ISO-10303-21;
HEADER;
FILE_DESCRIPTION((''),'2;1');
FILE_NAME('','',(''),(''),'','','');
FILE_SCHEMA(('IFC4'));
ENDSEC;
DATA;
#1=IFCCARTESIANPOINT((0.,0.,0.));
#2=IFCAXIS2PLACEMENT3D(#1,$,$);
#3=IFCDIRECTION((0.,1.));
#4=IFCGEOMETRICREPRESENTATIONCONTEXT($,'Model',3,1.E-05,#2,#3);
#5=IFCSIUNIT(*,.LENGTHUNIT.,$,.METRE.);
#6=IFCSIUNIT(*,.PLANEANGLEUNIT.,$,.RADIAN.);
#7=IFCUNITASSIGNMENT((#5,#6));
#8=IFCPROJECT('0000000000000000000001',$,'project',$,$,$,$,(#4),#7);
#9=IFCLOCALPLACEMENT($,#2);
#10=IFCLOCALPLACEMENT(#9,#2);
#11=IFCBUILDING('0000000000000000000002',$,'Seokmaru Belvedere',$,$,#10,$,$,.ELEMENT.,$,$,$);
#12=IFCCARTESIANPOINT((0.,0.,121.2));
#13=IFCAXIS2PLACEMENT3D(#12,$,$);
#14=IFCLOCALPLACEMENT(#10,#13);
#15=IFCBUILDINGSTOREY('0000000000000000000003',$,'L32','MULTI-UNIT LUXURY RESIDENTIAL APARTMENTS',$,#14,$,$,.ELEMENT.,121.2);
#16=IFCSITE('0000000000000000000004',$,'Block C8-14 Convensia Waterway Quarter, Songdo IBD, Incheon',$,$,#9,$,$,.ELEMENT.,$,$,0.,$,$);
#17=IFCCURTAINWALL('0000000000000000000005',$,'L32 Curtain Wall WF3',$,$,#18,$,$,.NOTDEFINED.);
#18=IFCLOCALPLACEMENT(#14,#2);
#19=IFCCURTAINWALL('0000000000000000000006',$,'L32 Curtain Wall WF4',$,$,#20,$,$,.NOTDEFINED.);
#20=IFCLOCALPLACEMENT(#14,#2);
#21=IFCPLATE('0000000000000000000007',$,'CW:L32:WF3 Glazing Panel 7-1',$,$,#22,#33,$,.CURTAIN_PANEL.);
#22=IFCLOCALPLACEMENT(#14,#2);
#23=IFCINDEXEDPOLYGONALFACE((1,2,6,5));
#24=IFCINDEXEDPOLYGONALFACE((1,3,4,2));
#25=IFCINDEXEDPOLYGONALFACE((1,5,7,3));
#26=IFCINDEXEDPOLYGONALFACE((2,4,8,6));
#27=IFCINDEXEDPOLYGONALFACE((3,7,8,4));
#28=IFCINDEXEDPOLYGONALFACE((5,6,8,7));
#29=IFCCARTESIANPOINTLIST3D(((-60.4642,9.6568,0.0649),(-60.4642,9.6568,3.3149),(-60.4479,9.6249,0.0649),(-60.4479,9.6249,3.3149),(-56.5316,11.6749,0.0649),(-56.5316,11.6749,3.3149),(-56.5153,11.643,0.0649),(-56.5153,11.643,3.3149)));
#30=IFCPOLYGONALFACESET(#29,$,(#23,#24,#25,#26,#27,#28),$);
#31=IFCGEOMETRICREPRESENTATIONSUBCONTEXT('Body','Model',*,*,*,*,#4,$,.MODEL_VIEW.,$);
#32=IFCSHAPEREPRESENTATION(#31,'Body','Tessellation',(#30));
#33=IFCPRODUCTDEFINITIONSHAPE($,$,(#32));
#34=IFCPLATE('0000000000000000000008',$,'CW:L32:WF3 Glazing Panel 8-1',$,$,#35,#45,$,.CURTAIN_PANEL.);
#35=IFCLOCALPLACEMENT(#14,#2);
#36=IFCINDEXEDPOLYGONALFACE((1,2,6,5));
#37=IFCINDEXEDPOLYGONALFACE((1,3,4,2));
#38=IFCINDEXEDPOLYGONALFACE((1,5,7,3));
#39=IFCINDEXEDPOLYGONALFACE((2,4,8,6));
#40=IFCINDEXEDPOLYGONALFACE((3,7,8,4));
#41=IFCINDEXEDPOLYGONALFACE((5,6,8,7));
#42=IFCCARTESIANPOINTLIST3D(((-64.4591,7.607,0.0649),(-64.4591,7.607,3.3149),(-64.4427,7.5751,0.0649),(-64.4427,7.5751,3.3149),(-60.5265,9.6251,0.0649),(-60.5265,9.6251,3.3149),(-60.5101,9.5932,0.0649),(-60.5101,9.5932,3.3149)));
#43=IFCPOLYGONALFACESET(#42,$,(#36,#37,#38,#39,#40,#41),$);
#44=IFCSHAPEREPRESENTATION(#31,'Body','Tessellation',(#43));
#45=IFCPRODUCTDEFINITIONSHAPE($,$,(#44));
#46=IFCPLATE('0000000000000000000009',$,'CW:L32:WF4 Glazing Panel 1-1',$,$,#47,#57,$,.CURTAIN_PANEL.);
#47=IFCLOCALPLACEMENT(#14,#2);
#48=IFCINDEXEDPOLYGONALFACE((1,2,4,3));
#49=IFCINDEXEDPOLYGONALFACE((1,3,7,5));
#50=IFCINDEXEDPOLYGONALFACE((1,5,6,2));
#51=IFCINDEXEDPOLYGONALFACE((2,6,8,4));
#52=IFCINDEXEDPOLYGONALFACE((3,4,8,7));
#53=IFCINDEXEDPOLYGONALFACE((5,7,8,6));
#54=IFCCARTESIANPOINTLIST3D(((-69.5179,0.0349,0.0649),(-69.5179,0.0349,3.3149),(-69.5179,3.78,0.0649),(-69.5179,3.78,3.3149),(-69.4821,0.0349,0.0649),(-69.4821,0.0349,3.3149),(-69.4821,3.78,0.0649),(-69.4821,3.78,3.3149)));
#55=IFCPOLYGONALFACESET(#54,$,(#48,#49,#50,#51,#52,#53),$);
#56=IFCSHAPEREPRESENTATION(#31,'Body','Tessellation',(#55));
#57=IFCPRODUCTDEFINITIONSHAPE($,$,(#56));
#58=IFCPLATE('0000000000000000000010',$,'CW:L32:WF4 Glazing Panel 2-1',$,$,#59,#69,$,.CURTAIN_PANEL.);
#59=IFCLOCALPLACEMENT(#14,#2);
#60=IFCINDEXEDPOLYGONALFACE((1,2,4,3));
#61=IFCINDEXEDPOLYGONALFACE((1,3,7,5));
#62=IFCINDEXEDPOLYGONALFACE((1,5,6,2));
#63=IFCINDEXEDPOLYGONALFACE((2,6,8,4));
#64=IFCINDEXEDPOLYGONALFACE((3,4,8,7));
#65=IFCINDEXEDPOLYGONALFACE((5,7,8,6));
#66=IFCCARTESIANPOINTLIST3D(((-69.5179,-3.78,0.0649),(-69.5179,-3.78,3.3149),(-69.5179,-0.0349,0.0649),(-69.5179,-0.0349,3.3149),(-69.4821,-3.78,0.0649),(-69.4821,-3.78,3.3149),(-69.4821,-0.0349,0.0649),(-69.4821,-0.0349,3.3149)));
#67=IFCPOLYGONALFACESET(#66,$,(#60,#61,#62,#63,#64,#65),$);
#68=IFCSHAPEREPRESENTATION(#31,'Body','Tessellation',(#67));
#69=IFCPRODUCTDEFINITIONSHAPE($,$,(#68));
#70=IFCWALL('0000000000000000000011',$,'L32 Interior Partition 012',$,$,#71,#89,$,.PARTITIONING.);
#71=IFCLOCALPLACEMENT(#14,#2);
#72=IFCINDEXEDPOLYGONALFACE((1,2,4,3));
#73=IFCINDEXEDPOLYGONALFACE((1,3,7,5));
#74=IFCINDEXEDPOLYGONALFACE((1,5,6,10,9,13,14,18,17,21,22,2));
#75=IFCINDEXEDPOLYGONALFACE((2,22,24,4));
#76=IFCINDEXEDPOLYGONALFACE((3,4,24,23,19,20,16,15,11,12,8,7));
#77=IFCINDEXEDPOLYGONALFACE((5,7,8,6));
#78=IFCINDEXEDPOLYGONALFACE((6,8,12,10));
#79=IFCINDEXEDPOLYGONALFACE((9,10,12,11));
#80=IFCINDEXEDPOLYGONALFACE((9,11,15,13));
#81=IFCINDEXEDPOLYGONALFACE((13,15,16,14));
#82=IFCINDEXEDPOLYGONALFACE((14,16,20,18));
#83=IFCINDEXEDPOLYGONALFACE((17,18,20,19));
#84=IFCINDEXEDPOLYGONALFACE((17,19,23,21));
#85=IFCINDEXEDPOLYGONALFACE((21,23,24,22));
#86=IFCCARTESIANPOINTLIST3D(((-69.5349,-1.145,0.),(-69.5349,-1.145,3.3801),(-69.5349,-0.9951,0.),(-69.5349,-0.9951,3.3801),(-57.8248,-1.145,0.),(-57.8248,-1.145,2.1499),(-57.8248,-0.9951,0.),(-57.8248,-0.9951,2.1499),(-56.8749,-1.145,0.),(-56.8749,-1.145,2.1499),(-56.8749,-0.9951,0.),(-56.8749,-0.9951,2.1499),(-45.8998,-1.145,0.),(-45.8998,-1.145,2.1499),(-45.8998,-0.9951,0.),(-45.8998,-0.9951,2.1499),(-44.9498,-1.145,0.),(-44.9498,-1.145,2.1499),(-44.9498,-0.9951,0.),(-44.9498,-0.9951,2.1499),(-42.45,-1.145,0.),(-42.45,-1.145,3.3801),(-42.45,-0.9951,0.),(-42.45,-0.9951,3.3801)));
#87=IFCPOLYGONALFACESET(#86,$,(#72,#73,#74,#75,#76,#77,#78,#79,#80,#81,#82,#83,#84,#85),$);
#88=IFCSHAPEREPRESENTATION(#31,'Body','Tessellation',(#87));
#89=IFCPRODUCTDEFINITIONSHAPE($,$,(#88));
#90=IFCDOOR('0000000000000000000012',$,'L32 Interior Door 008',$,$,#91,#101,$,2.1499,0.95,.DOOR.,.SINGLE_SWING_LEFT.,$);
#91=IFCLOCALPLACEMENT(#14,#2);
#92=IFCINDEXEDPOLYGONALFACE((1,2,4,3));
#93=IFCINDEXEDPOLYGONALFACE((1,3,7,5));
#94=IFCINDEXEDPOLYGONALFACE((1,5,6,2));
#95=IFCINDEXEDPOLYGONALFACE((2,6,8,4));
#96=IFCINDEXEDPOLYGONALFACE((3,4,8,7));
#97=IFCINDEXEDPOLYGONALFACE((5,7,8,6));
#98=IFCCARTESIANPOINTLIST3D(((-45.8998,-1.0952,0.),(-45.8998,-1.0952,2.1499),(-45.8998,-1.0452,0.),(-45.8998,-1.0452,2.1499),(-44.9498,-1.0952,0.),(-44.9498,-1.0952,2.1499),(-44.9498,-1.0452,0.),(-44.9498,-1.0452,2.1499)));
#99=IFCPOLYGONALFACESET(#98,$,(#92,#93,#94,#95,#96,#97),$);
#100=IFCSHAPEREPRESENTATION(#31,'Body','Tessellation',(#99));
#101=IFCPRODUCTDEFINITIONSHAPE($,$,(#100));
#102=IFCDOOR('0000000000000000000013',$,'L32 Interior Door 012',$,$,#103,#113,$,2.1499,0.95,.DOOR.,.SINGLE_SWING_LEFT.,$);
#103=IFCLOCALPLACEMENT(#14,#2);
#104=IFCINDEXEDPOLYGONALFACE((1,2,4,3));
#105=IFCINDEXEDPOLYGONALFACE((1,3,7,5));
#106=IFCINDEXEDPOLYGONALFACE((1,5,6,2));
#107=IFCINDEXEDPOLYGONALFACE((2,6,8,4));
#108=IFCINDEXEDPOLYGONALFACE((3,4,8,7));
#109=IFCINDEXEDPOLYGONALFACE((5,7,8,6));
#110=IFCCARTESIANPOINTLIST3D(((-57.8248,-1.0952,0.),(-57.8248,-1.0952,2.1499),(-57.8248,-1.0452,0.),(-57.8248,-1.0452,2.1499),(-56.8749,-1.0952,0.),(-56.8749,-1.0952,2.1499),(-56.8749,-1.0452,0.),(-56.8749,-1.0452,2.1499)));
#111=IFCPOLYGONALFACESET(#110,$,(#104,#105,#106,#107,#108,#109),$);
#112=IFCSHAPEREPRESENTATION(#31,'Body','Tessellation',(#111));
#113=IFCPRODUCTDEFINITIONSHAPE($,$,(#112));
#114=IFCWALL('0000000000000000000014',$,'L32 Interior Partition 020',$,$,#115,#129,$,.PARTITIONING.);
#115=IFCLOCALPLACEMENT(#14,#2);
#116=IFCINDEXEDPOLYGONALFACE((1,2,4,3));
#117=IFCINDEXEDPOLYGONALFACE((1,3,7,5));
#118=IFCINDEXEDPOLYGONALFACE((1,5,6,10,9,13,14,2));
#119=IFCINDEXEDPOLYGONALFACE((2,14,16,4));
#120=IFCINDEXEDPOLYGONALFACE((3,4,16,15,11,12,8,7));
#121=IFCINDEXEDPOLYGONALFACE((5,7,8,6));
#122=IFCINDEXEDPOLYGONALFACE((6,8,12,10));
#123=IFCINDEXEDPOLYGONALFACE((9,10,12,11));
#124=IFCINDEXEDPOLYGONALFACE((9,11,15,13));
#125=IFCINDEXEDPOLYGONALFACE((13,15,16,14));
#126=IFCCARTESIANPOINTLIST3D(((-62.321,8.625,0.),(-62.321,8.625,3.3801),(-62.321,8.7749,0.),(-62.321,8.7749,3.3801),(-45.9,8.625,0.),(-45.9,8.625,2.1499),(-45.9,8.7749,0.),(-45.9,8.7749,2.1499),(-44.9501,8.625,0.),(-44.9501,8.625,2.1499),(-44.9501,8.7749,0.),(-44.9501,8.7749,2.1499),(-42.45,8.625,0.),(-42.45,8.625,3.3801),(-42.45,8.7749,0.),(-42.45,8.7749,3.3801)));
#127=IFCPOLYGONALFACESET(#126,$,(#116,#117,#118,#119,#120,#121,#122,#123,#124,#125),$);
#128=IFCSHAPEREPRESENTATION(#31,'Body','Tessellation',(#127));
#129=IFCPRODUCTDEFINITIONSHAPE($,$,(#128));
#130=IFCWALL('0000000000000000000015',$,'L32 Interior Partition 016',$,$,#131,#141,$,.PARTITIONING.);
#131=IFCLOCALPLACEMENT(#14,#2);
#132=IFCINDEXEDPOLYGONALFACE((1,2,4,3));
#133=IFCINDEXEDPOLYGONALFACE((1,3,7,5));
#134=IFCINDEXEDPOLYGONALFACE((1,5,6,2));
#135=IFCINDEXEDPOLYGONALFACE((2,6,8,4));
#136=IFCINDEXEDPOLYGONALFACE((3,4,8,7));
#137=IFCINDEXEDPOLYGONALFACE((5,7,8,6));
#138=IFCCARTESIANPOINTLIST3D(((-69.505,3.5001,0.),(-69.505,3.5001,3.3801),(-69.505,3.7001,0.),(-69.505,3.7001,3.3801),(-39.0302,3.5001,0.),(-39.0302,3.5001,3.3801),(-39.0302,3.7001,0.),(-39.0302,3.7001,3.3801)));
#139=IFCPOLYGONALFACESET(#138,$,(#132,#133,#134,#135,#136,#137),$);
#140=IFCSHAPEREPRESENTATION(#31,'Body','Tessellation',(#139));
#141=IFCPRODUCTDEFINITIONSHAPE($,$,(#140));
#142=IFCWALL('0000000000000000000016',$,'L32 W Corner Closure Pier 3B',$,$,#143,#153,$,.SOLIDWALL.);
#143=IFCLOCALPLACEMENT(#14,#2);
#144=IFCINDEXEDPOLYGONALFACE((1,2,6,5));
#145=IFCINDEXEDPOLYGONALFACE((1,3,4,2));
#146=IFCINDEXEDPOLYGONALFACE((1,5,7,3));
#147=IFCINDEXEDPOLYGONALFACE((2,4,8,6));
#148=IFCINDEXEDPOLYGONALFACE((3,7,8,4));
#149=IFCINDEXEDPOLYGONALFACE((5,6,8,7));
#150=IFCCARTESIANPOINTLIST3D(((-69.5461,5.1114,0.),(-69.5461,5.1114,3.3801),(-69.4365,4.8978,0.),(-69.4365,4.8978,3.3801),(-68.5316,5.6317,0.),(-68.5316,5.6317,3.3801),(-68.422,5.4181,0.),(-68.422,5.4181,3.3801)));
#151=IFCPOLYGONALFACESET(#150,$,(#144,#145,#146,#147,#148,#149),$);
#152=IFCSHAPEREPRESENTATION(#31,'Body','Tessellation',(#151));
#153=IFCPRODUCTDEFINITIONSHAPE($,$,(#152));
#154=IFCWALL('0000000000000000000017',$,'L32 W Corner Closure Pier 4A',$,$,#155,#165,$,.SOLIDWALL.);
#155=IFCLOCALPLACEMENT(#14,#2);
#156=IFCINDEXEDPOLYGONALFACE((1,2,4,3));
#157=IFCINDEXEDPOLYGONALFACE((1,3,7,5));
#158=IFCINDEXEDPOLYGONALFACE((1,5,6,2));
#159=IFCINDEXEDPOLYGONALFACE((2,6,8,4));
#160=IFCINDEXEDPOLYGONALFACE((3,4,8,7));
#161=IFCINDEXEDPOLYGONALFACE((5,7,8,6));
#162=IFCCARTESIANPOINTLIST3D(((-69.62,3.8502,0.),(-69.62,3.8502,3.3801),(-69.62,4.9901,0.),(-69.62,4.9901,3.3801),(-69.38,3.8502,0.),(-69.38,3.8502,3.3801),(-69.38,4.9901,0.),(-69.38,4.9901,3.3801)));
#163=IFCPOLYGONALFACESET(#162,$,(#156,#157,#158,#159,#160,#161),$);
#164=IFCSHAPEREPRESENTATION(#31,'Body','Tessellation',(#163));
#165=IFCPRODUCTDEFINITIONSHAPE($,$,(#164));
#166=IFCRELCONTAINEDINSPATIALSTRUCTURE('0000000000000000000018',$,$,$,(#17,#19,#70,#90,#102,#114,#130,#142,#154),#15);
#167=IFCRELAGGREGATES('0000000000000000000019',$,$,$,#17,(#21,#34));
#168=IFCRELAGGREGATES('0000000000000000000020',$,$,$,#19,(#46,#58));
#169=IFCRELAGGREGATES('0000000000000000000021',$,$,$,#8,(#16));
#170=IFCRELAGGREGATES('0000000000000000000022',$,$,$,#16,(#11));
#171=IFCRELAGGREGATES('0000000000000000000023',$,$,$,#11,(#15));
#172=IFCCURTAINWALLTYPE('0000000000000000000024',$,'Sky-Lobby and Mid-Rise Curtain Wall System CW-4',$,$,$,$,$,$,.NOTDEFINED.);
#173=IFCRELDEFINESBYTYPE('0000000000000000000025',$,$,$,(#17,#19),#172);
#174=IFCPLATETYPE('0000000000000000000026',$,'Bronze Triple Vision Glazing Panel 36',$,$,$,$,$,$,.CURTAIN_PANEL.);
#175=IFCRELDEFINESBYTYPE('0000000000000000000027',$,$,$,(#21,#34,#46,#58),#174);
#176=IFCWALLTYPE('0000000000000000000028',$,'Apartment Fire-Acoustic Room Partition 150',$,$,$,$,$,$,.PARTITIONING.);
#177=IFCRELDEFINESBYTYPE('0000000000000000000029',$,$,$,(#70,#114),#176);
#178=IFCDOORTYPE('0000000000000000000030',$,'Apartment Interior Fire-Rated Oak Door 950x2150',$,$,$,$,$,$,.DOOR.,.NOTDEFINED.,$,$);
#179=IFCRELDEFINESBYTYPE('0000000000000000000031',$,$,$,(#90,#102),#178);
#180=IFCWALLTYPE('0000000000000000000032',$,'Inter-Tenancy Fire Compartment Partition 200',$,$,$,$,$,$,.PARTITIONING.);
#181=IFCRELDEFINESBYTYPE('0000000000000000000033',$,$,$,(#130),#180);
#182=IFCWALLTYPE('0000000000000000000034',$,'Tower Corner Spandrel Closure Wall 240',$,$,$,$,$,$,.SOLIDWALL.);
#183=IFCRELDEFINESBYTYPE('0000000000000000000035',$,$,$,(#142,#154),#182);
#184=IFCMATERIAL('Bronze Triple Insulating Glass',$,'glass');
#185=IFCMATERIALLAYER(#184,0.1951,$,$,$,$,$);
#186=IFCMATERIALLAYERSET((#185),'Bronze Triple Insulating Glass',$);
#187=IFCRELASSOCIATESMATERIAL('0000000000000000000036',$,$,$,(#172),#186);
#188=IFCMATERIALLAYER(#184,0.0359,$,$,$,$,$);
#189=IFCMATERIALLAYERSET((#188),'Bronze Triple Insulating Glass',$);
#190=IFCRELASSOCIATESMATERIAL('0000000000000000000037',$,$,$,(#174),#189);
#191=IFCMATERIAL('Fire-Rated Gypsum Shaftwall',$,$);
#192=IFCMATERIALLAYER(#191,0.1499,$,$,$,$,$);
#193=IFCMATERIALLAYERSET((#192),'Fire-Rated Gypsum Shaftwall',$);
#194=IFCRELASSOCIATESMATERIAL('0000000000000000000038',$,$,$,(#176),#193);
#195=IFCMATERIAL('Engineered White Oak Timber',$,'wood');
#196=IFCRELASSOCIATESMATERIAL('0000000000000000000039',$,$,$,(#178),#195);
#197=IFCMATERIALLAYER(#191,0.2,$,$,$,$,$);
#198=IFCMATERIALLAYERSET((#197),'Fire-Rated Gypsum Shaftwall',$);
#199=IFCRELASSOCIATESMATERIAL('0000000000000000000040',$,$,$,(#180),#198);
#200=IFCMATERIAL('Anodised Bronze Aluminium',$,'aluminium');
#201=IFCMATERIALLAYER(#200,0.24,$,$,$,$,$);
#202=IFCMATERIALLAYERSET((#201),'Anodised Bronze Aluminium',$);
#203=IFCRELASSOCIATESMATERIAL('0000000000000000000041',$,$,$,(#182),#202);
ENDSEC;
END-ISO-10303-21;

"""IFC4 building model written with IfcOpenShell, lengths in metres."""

from ifc_helpers import new_model, si_unit, direction, frame, frame_2d, origin, origin_2d, place, context, subcontext, project, spatial, rectangle, extrude, source, transform, mapped, material, layer, layer_set, type_object, type_shapes, element, fill, aggregate, save


model = new_model("IFC4")

# Units and contexts
model_context = context("Model", 3, precision=1e-05, world=origin(), true_north=direction((0.0, 1.0)))
body_context = subcontext(model_context, "Body", "Model", "MODEL_VIEW")
ifc_project = project(units=[si_unit("LENGTHUNIT", "METRE"), si_unit("PLANEANGLEUNIT", "RADIAN")], contexts=[model_context])

# Site, building, storey
site_placement = place(None, origin())
site = spatial("IfcSite", under=ifc_project, at=site_placement, Name="Block C8-14 Convensia Waterway Quarter, Songdo IBD, Incheon", CompositionType="ELEMENT", RefElevation=0.0)
building_placement = place(site_placement, origin())
building = spatial("IfcBuilding", under=site, at=building_placement, Name="Seokmaru Belvedere", CompositionType="ELEMENT")
storey_placement = place(building_placement, frame((0.0, 0.0, 121.2)))
storey = spatial("IfcBuildingStorey", under=building, at=storey_placement, Name="L32", Description="MULTI-UNIT LUXURY RESIDENTIAL APARTMENTS", CompositionType="ELEMENT", Elevation=121.2)

# Curtain walls
ifc_material_1 = material(Name="Bronze Triple Insulating Glass", Category="glass")
ifc_layer_1 = layer(ifc_material_1, 0.1951)
ifc_layer_set_1 = layer_set([ifc_layer_1], Name="Bronze Triple Insulating Glass")
curtain_wall_type = type_object("IfcCurtainWallType", Name="Sky-Lobby and Mid-Rise Curtain Wall System CW-4", PredefinedType="NOTDEFINED", material=ifc_layer_set_1)
curtain_wall_1_placement = place(storey_placement, origin())
curtain_wall_1 = element("IfcCurtainWall", 1, at=curtain_wall_1_placement, inside=storey, type_object=curtain_wall_type, Name="L32 Curtain Wall WF3", PredefinedType="NOTDEFINED")
ifc_material_2 = material(Name="Anodised Bronze Aluminium", Category="aluminium")
curtain_wall_2_placement = place(storey_placement, origin())
curtain_wall_2 = element("IfcCurtainWall", 2, at=curtain_wall_2_placement, inside=storey, type_object=curtain_wall_type, Name="L32 Curtain Wall WF4", PredefinedType="NOTDEFINED")

# Plates
ifc_layer_2 = layer(ifc_material_1, 0.0359)
ifc_layer_set_2 = layer_set([ifc_layer_2], Name="Bronze Triple Insulating Glass")
plate_type = type_object("IfcPlateType", Name="Bronze Triple Vision Glazing Panel 36", PredefinedType="CURTAIN_PANEL", material=ifc_layer_set_2)
shared_shape_1 = source(origin(), body_context, "Body", "SweptSolid", [
    extrude(rectangle(XDim=4.4202, YDim=0.0359, at=origin_2d()), origin(), (0.0, 0.0, 1.0), 3.25),
])
plate_1_placement = place(storey_placement, frame((-58.4897, 10.6499, 0.0649), z_axis=(0.0, 0.0, 1.0), x_axis=(-0.889695, -0.456555, 0.0)))
plate_1 = element("IfcPlate", 3, at=plate_1_placement, type_object=plate_type, Name="CW:L32:WF3 Glazing Panel 7-1", PredefinedType="CURTAIN_PANEL", context=body_context, shape_type="MappedRepresentation", body=[
    mapped(shared_shape_1, transform((0.0, 0.0, 0.0), scale=1.0)),
])
plate_2_placement = place(storey_placement, frame((-62.4846, 8.6001, 0.0649), z_axis=(0.0, 0.0, 1.0), x_axis=(-0.889695, -0.456555, 0.0)))
plate_2 = element("IfcPlate", 4, at=plate_2_placement, type_object=plate_type, Name="CW:L32:WF3 Glazing Panel 8-1", PredefinedType="CURTAIN_PANEL", context=body_context, shape_type="MappedRepresentation", body=[
    mapped(shared_shape_1, transform((0.0, 0.0, 0.0), scale=1.0)),
])
aggregate(curtain_wall_1, [plate_1, plate_2])
shared_shape_2 = source(origin(), body_context, "Body", "SweptSolid", [
    extrude(rectangle(XDim=3.7451, YDim=0.0359, at=origin_2d()), origin(), (0.0, 0.0, 1.0), 3.25),
])
plate_3_placement = place(storey_placement, frame((-69.5, 1.9075, 0.0649), z_axis=(0.0, 0.0, 1.0), x_axis=(0.0, -1.0, 0.0)))
plate_3 = element("IfcPlate", 5, at=plate_3_placement, type_object=plate_type, Name="CW:L32:WF4 Glazing Panel 1-1", PredefinedType="CURTAIN_PANEL", context=body_context, shape_type="MappedRepresentation", body=[
    mapped(shared_shape_2, transform((0.0, 0.0, 0.0), scale=1.0)),
])
plate_4_placement = place(storey_placement, frame((-69.5, -1.9075, 0.0649), z_axis=(0.0, 0.0, 1.0), x_axis=(0.0, -1.0, 0.0)))
plate_4 = element("IfcPlate", 6, at=plate_4_placement, type_object=plate_type, Name="CW:L32:WF4 Glazing Panel 2-1", PredefinedType="CURTAIN_PANEL", context=body_context, shape_type="MappedRepresentation", body=[
    mapped(shared_shape_2, transform((0.0, 0.0, 0.0), scale=1.0)),
])
aggregate(curtain_wall_2, [plate_3, plate_4])

# Wall, openings, doors
ifc_material_3 = material(Name="Fire-Rated Gypsum Shaftwall")
ifc_layer_3 = layer(ifc_material_3, 0.1499)
ifc_layer_set_3 = layer_set([ifc_layer_3], Name="Fire-Rated Gypsum Shaftwall")
wall_type_1 = type_object("IfcWallType", Name="Apartment Fire-Acoustic Room Partition 150", PredefinedType="PARTITIONING", material=ifc_layer_set_3)
wall_1_placement = place(storey_placement, frame((-69.5349, -1.0701, 0.0), z_axis=(0.0, 0.0, 1.0), x_axis=(1.0, 0.0, 0.0)))
wall_1 = element("IfcWall", 7, at=wall_1_placement, inside=storey, type_object=wall_type_1, Name="L32 Interior Partition 012", PredefinedType="PARTITIONING", context=body_context, shape_type="SweptSolid", body=[
    extrude(rectangle(XDim=27.085, YDim=0.1499, at=frame_2d((13.5425, 0.0))), origin(), (0.0, 0.0, 1.0), 3.3801),
])
opening_1_placement = place(wall_1_placement, frame((23.635, 0.0, 0.0)))
opening_1 = element("IfcOpeningElement", 8, at=opening_1_placement, cuts=wall_1, PredefinedType="OPENING", context=body_context, shape_type="SweptSolid", body=[
    extrude(rectangle(XDim=0.95, YDim=2.1499, at=frame_2d((0.4751, 1.075))), frame((0.0, 0.085, 0.0), z_axis=(0.0, -1.0, 0.0), x_axis=(1.0, 0.0, 0.0)), (0.0, 0.0, 1.0), 0.1699),
])
opening_2_placement = place(wall_1_placement, frame((11.71, 0.0, 0.0)))
opening_2 = element("IfcOpeningElement", 9, at=opening_2_placement, cuts=wall_1, PredefinedType="OPENING", context=body_context, shape_type="SweptSolid", body=[
    extrude(rectangle(XDim=0.95, YDim=2.1499, at=frame_2d((0.4751, 1.075))), frame((0.0, 0.085, 0.0), z_axis=(0.0, -1.0, 0.0), x_axis=(1.0, 0.0, 0.0)), (0.0, 0.0, 1.0), 0.1699),
])
ifc_material_4 = material(Name="Engineered White Oak Timber", Category="wood")
door_type = type_object("IfcDoorType", Name="Apartment Interior Fire-Rated Oak Door 950x2150", OperationType="NOTDEFINED", PredefinedType="DOOR", material=ifc_material_4)
shared_shape_3 = source(origin(), body_context, "Body", "SweptSolid", [
    extrude(rectangle(XDim=0.95, YDim=2.1499, at=frame_2d((0.4751, 1.075))), frame((0.0, 0.0249, 0.0), z_axis=(0.0, -1.0, 0.0), x_axis=(1.0, 0.0, 0.0)), (0.0, 0.0, 1.0), 0.05),
])
type_shapes(door_type, [shared_shape_3])
door_1_placement = place(opening_1_placement, origin())
door_1 = element("IfcDoor", 10, at=door_1_placement, inside=storey, type_object=door_type, Name="L32 Interior Door 008", OperationType="SINGLE_SWING_LEFT", OverallHeight=2.1499, OverallWidth=0.95, PredefinedType="DOOR", context=body_context, shape_type="MappedRepresentation", body=[
    mapped(shared_shape_3, transform((0.0, 0.0, 0.0), scale=1.0)),
])
fill(opening_1, door_1)
door_2_placement = place(opening_2_placement, origin())
door_2 = element("IfcDoor", 11, at=door_2_placement, inside=storey, type_object=door_type, Name="L32 Interior Door 012", OperationType="SINGLE_SWING_LEFT", OverallHeight=2.1499, OverallWidth=0.95, PredefinedType="DOOR", context=body_context, shape_type="MappedRepresentation", body=[
    mapped(shared_shape_3, transform((0.0, 0.0, 0.0), scale=1.0)),
])
fill(opening_2, door_2)

# Wall, opening
wall_2_placement = place(storey_placement, frame((-62.321, 8.7, 0.0), z_axis=(0.0, 0.0, 1.0), x_axis=(1.0, 0.0, 0.0)))
wall_2 = element("IfcWall", 12, at=wall_2_placement, inside=storey, type_object=wall_type_1, Name="L32 Interior Partition 020", PredefinedType="PARTITIONING", context=body_context, shape_type="SweptSolid", body=[
    extrude(rectangle(XDim=19.8711, YDim=0.1499, at=frame_2d((9.9355, 0.0))), origin(), (0.0, 0.0, 1.0), 3.3801),
])
opening_3_placement = place(wall_2_placement, frame((16.4209, 0.0, 0.0)))
element("IfcOpeningElement", 13, at=opening_3_placement, cuts=wall_2, PredefinedType="OPENING", context=body_context, shape_type="SweptSolid", body=[
    extrude(rectangle(XDim=0.95, YDim=2.1499, at=frame_2d((0.4751, 1.075))), frame((0.0, 0.085, 0.0), z_axis=(0.0, -1.0, 0.0), x_axis=(1.0, 0.0, 0.0)), (0.0, 0.0, 1.0), 0.1699),
])

# Walls
ifc_layer_4 = layer(ifc_material_3, 0.2)
ifc_layer_set_4 = layer_set([ifc_layer_4], Name="Fire-Rated Gypsum Shaftwall")
wall_type_2 = type_object("IfcWallType", Name="Inter-Tenancy Fire Compartment Partition 200", PredefinedType="PARTITIONING", material=ifc_layer_set_4)
wall_3_placement = place(storey_placement, frame((-69.5049, 3.6001, 0.0), z_axis=(0.0, 0.0, 1.0), x_axis=(1.0, 0.0, 0.0)))
element("IfcWall", 14, at=wall_3_placement, inside=storey, type_object=wall_type_2, Name="L32 Interior Partition 016", PredefinedType="PARTITIONING", context=body_context, shape_type="SweptSolid", body=[
    extrude(rectangle(XDim=30.4749, YDim=0.2, at=frame_2d((15.2373, 0.0))), origin(), (0.0, 0.0, 1.0), 3.3801),
])
ifc_layer_5 = layer(ifc_material_2, 0.24)
ifc_layer_set_5 = layer_set([ifc_layer_5], Name="Anodised Bronze Aluminium")
wall_type_3 = type_object("IfcWallType", Name="Tower Corner Spandrel Closure Wall 240", PredefinedType="SOLIDWALL", material=ifc_layer_set_5)
wall_4_placement = place(storey_placement, frame((-68.4768, 5.5249, 0.0), z_axis=(0.0, 0.0, 1.0), x_axis=(-0.889797, -0.456356, 0.0)))
element("IfcWall", 15, at=wall_4_placement, inside=storey, type_object=wall_type_3, Name="L32 W Corner Closure Pier 3B", PredefinedType="SOLIDWALL", context=body_context, shape_type="SweptSolid", body=[
    extrude(rectangle(XDim=1.1401, YDim=0.24, at=frame_2d((0.5701, 0.0))), origin(), (0.0, 0.0, 1.0), 3.3801),
])
wall_5_placement = place(storey_placement, frame((-69.5, 4.99, 0.0), z_axis=(0.0, 0.0, 1.0), x_axis=(0.0, -1.0, 0.0)))
element("IfcWall", 16, at=wall_5_placement, inside=storey, type_object=wall_type_3, Name="L32 W Corner Closure Pier 4A", PredefinedType="SOLIDWALL", context=body_context, shape_type="SweptSolid", body=[
    extrude(rectangle(XDim=1.1399, YDim=0.24, at=frame_2d((0.5698, 0.0))), origin(), (0.0, 0.0, 1.0), 3.3801),
])

save(model, "model.ifc")
